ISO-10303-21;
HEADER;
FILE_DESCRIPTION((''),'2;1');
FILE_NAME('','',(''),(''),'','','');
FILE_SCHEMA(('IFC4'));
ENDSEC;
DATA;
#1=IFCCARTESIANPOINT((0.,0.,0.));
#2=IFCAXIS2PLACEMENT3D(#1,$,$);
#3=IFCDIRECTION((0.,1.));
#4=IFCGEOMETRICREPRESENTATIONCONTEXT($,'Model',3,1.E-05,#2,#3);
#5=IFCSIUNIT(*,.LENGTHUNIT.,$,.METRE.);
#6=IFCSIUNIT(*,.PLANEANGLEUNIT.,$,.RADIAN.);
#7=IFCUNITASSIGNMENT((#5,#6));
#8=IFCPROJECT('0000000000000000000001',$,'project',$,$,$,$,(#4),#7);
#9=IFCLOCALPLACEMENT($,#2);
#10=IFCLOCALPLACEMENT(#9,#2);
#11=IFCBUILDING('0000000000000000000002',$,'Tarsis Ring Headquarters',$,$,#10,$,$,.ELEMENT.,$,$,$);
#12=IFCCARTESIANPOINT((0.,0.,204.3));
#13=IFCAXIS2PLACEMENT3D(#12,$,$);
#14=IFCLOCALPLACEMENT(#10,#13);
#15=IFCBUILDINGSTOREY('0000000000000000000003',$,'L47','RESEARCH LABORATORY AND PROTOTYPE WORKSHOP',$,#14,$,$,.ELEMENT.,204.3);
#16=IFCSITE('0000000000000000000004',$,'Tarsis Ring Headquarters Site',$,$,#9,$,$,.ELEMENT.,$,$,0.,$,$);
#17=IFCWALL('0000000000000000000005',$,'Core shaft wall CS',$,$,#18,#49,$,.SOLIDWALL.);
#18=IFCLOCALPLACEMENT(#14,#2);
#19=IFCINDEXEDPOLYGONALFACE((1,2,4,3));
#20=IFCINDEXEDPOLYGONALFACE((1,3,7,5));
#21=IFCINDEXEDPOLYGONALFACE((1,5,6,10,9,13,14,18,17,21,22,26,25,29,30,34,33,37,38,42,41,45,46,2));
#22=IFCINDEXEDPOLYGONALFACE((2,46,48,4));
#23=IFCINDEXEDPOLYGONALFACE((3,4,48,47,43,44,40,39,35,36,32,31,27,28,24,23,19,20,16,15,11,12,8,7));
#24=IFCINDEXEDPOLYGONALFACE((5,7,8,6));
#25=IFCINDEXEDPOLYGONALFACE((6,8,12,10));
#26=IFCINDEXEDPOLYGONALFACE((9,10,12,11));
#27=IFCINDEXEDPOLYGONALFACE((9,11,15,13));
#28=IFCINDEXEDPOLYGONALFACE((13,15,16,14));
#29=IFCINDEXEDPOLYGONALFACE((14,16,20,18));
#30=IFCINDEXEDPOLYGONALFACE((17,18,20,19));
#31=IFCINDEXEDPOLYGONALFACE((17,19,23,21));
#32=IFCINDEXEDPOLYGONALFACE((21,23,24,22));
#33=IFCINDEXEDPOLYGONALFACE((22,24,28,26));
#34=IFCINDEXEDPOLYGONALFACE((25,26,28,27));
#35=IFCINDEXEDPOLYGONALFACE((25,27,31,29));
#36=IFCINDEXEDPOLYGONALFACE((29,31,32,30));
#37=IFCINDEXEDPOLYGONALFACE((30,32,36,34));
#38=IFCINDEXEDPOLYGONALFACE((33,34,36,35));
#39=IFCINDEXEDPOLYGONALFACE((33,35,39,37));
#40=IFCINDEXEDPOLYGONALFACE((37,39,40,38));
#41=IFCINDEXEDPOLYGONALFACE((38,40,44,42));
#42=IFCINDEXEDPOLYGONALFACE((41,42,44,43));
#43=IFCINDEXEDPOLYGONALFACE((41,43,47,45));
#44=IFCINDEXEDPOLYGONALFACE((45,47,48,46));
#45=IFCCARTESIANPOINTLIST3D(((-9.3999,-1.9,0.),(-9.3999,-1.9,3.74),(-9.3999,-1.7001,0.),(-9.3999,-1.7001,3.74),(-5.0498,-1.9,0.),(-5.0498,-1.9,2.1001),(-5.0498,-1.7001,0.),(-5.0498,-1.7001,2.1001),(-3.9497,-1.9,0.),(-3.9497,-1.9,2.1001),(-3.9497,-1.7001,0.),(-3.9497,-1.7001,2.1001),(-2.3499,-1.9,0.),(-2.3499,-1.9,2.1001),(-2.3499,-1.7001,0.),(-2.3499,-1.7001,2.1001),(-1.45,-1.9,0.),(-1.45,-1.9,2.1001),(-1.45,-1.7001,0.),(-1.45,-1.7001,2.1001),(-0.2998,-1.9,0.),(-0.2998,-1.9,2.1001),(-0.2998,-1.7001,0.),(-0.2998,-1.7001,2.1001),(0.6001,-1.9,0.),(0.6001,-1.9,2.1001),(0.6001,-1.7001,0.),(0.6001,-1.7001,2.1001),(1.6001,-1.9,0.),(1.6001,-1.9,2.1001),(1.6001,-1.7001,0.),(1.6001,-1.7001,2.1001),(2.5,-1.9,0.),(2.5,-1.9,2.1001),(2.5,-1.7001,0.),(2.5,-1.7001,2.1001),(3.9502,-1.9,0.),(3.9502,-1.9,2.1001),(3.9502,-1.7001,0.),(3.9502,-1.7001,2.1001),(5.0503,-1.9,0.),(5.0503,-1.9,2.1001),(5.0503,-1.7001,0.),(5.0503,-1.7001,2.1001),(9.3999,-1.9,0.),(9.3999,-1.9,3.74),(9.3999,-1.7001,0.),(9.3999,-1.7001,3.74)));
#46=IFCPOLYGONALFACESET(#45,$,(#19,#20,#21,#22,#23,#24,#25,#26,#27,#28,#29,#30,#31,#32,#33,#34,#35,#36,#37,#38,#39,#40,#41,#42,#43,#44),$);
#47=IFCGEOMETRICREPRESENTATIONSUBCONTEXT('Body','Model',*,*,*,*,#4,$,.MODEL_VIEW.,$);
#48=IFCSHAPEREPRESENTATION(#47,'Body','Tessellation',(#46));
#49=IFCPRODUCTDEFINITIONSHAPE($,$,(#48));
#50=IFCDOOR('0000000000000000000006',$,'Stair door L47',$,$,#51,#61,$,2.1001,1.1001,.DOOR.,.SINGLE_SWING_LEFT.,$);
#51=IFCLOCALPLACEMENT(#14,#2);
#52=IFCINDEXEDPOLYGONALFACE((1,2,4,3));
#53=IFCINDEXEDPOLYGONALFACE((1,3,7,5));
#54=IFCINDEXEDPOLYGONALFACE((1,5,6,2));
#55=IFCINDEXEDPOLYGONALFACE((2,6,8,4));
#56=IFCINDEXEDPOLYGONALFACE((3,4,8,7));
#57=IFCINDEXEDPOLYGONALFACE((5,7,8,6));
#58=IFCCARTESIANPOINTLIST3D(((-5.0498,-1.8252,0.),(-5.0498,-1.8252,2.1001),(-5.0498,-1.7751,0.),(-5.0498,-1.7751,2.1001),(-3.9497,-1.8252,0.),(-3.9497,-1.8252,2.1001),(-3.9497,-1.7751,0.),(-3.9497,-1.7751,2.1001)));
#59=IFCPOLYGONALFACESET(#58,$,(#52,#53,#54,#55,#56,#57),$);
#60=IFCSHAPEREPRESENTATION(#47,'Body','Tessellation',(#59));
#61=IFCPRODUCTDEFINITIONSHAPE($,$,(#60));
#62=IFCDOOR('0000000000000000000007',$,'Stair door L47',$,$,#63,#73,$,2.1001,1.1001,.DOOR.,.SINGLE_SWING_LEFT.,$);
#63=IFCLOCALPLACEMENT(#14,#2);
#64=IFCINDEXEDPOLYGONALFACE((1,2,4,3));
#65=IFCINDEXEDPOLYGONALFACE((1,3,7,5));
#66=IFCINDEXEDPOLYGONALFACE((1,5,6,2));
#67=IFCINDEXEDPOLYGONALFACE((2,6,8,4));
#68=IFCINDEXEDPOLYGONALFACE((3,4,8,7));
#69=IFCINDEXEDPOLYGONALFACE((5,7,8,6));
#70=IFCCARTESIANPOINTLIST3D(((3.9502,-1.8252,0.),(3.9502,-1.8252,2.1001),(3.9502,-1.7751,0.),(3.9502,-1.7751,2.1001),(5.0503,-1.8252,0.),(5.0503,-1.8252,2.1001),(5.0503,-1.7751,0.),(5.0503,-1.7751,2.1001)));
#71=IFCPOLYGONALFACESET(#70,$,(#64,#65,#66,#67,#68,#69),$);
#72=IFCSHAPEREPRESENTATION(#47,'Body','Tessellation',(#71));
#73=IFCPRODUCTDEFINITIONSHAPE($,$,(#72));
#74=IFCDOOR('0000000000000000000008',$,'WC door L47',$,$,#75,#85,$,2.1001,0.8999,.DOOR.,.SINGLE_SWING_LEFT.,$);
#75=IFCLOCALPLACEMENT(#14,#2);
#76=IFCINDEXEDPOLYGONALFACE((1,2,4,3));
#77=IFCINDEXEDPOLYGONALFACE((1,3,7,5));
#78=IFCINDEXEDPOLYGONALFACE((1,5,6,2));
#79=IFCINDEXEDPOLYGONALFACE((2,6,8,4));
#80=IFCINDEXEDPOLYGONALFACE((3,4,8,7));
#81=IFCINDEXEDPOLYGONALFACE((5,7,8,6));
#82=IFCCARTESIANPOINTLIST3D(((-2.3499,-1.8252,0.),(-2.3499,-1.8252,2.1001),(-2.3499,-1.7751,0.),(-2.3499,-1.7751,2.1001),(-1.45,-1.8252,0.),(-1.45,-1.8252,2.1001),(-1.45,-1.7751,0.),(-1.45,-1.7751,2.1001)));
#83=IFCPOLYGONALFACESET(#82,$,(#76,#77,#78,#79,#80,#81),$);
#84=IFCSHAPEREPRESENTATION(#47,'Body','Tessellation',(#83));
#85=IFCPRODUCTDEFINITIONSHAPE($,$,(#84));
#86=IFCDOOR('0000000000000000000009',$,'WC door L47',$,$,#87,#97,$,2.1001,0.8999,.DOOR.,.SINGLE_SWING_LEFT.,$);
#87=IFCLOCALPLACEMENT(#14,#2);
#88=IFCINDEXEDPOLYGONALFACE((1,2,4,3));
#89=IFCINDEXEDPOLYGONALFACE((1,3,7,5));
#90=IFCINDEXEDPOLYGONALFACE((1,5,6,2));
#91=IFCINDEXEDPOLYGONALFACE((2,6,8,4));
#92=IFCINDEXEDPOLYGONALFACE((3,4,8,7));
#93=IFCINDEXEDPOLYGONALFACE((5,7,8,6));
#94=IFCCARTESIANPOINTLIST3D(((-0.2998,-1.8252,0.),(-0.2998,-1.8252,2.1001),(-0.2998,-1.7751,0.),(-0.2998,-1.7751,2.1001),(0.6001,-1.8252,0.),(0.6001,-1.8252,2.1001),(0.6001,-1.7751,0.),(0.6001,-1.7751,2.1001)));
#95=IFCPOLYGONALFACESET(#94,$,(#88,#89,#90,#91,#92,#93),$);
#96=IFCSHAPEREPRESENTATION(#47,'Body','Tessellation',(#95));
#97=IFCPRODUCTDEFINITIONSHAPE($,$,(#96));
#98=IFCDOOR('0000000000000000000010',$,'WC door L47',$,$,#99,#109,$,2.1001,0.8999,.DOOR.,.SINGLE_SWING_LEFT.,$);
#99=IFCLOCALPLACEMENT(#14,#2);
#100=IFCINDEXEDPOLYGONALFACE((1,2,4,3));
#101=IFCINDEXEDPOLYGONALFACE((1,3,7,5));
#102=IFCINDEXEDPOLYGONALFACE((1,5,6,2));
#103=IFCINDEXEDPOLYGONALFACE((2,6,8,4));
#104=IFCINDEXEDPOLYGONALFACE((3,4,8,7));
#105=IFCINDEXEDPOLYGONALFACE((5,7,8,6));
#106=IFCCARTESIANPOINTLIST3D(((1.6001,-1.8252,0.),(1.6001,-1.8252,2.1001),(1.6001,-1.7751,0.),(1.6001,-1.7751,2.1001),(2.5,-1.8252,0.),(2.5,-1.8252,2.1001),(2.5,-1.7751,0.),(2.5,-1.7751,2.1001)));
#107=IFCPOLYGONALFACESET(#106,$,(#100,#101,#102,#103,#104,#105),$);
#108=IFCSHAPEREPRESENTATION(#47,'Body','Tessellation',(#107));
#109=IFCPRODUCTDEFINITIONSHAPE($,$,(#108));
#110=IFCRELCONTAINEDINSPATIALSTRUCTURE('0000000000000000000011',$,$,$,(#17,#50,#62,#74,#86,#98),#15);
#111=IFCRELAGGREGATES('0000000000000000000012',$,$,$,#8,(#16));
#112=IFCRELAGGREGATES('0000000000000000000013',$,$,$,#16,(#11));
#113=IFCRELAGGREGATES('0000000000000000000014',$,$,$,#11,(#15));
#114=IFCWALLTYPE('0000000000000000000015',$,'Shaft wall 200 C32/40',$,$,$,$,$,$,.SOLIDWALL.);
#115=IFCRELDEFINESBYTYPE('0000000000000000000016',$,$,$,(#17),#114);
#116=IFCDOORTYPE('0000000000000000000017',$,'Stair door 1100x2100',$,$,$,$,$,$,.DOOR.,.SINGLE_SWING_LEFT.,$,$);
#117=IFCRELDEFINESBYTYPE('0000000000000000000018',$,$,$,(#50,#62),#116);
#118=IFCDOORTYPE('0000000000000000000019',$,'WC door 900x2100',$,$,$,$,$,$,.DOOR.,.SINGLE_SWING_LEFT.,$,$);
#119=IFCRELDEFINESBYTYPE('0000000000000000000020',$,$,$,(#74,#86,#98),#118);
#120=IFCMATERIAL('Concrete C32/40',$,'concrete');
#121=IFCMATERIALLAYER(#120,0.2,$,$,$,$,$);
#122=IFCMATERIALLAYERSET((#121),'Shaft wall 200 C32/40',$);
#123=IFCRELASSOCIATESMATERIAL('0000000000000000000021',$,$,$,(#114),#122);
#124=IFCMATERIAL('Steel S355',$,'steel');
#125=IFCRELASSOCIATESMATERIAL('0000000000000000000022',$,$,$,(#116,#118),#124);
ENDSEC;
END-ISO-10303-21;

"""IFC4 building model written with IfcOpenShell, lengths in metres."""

from ifc_helpers import new_model, si_unit, direction, frame, frame_2d, origin, place, context, subcontext, project, spatial, rectangle, extrude, material, layer, layer_set, type_object, element, fill, save


model = new_model("IFC4")

# Units and contexts
model_context = context("Model", 3, precision=1e-05, world=origin(), true_north=direction((0.0, 1.0)))
body_context = subcontext(model_context, "Body", "Model", "MODEL_VIEW")
ifc_project = project(units=[si_unit("LENGTHUNIT", "METRE"), si_unit("PLANEANGLEUNIT", "RADIAN")], contexts=[model_context])

# Site, building, storey
site_placement = place(None, origin())
site = spatial("IfcSite", under=ifc_project, at=site_placement, Name="Tarsis Ring Headquarters Site", CompositionType="ELEMENT", RefElevation=0.0)
building_placement = place(site_placement, origin())
building = spatial("IfcBuilding", under=site, at=building_placement, Name="Tarsis Ring Headquarters", CompositionType="ELEMENT")
storey_placement = place(building_placement, frame((0.0, 0.0, 204.3)))
storey = spatial("IfcBuildingStorey", under=building, at=storey_placement, Name="L47", Description="RESEARCH LABORATORY AND PROTOTYPE WORKSHOP", CompositionType="ELEMENT", Elevation=204.3)

# Shared definitions
ifc_material_1 = material(Name="Steel S355", Category="steel")

# Wall, openings, doors
ifc_material_2 = material(Name="Concrete C32/40", Category="concrete")
ifc_layer_1 = layer(ifc_material_2, 0.2)
ifc_layer_set_1 = layer_set([ifc_layer_1], Name="Shaft wall 200 C32/40")
wall_type_1 = type_object("IfcWallType", Name="Shaft wall 200 C32/40", PredefinedType="SOLIDWALL", material=ifc_layer_set_1)
wall_1_placement = place(storey_placement, frame((-9.3999, -1.8, 0.0), z_axis=(0.0, 0.0, 1.0), x_axis=(1.0, 0.0, 0.0)))
wall_1 = element("IfcWall", 1, at=wall_1_placement, inside=storey, type_object=wall_type_1, Name="Core shaft wall CS", PredefinedType="SOLIDWALL", context=body_context, shape_type="SweptSolid", body=[
    extrude(rectangle(XDim=18.7998, YDim=0.2, at=frame_2d((9.3999, 0.0))), origin(), (0.0, 0.0, 1.0), 3.74),
])
opening_1_placement = place(wall_1_placement, frame((4.3501, 0.0, 0.0)))
opening_1 = element("IfcOpeningElement", 2, at=opening_1_placement, cuts=wall_1, PredefinedType="OPENING", context=body_context, shape_type="SweptSolid", body=[
    extrude(rectangle(XDim=1.1001, YDim=2.1001, at=frame_2d((0.55, 1.05))), frame((0.0, 0.1099, 0.0), z_axis=(0.0, -1.0, 0.0), x_axis=(1.0, 0.0, 0.0)), (0.0, 0.0, 1.0), 0.22),
])
opening_2_placement = place(wall_1_placement, frame((7.05, 0.0, 0.0)))
opening_2 = element("IfcOpeningElement", 3, at=opening_2_placement, cuts=wall_1, PredefinedType="OPENING", context=body_context, shape_type="SweptSolid", body=[
    extrude(rectangle(XDim=0.8999, YDim=2.1001, at=frame_2d((0.45, 1.05))), frame((0.0, 0.1099, 0.0), z_axis=(0.0, -1.0, 0.0), x_axis=(1.0, 0.0, 0.0)), (0.0, 0.0, 1.0), 0.22),
])
opening_3_placement = place(wall_1_placement, frame((9.1001, 0.0, 0.0)))
opening_3 = element("IfcOpeningElement", 4, at=opening_3_placement, cuts=wall_1, PredefinedType="OPENING", context=body_context, shape_type="SweptSolid", body=[
    extrude(rectangle(XDim=0.8999, YDim=2.1001, at=frame_2d((0.45, 1.05))), frame((0.0, 0.1099, 0.0), z_axis=(0.0, -1.0, 0.0), x_axis=(1.0, 0.0, 0.0)), (0.0, 0.0, 1.0), 0.22),
])
opening_4_placement = place(wall_1_placement, frame((11.0, 0.0, 0.0)))
opening_4 = element("IfcOpeningElement", 5, at=opening_4_placement, cuts=wall_1, PredefinedType="OPENING", context=body_context, shape_type="SweptSolid", body=[
    extrude(rectangle(XDim=0.8999, YDim=2.1001, at=frame_2d((0.45, 1.05))), frame((0.0, 0.1099, 0.0), z_axis=(0.0, -1.0, 0.0), x_axis=(1.0, 0.0, 0.0)), (0.0, 0.0, 1.0), 0.22),
])
opening_5_placement = place(wall_1_placement, frame((13.3501, 0.0, 0.0)))
opening_5 = element("IfcOpeningElement", 6, at=opening_5_placement, cuts=wall_1, PredefinedType="OPENING", context=body_context, shape_type="SweptSolid", body=[
    extrude(rectangle(XDim=1.1001, YDim=2.1001, at=frame_2d((0.55, 1.05))), frame((0.0, 0.1099, 0.0), z_axis=(0.0, -1.0, 0.0), x_axis=(1.0, 0.0, 0.0)), (0.0, 0.0, 1.0), 0.22),
])
door_type_1 = type_object("IfcDoorType", Name="Stair door 1100x2100", OperationType="SINGLE_SWING_LEFT", PredefinedType="DOOR", material=ifc_material_1)
door_1_placement = place(opening_1_placement, origin())
door_1 = element("IfcDoor", 7, at=door_1_placement, inside=storey, type_object=door_type_1, Name="Stair door L47", OperationType="SINGLE_SWING_LEFT", OverallHeight=2.1001, OverallWidth=1.1001, PredefinedType="DOOR", context=body_context, shape_type="SweptSolid", body=[
    extrude(rectangle(XDim=1.1001, YDim=2.1001, at=frame_2d((0.55, 1.05))), frame((0.0, 0.0249, 0.0), z_axis=(0.0, -1.0, 0.0), x_axis=(1.0, 0.0, 0.0)), (0.0, 0.0, 1.0), 0.05),
])
fill(opening_1, door_1)
door_2_placement = place(opening_5_placement, origin())
door_2 = element("IfcDoor", 8, at=door_2_placement, inside=storey, type_object=door_type_1, Name="Stair door L47", OperationType="SINGLE_SWING_LEFT", OverallHeight=2.1001, OverallWidth=1.1001, PredefinedType="DOOR", context=body_context, shape_type="SweptSolid", body=[
    extrude(rectangle(XDim=1.1001, YDim=2.1001, at=frame_2d((0.55, 1.05))), frame((0.0, 0.0249, 0.0), z_axis=(0.0, -1.0, 0.0), x_axis=(1.0, 0.0, 0.0)), (0.0, 0.0, 1.0), 0.05),
])
fill(opening_5, door_2)
door_type_2 = type_object("IfcDoorType", Name="WC door 900x2100", OperationType="SINGLE_SWING_LEFT", PredefinedType="DOOR", material=ifc_material_1)
door_3_placement = place(opening_2_placement, origin())
door_3 = element("IfcDoor", 9, at=door_3_placement, inside=storey, type_object=door_type_2, Name="WC door L47", OperationType="SINGLE_SWING_LEFT", OverallHeight=2.1001, OverallWidth=0.8999, PredefinedType="DOOR", context=body_context, shape_type="SweptSolid", body=[
    extrude(rectangle(XDim=0.8999, YDim=2.1001, at=frame_2d((0.45, 1.05))), frame((0.0, 0.0249, 0.0), z_axis=(0.0, -1.0, 0.0), x_axis=(1.0, 0.0, 0.0)), (0.0, 0.0, 1.0), 0.05),
])
fill(opening_2, door_3)
door_4_placement = place(opening_3_placement, origin())
door_4 = element("IfcDoor", 10, at=door_4_placement, inside=storey, type_object=door_type_2, Name="WC door L47", OperationType="SINGLE_SWING_LEFT", OverallHeight=2.1001, OverallWidth=0.8999, PredefinedType="DOOR", context=body_context, shape_type="SweptSolid", body=[
    extrude(rectangle(XDim=0.8999, YDim=2.1001, at=frame_2d((0.45, 1.05))), frame((0.0, 0.0249, 0.0), z_axis=(0.0, -1.0, 0.0), x_axis=(1.0, 0.0, 0.0)), (0.0, 0.0, 1.0), 0.05),
])
fill(opening_3, door_4)
door_5_placement = place(opening_4_placement, origin())
door_5 = element("IfcDoor", 11, at=door_5_placement, inside=storey, type_object=door_type_2, Name="WC door L47", OperationType="SINGLE_SWING_LEFT", OverallHeight=2.1001, OverallWidth=0.8999, PredefinedType="DOOR", context=body_context, shape_type="SweptSolid", body=[
    extrude(rectangle(XDim=0.8999, YDim=2.1001, at=frame_2d((0.45, 1.05))), frame((0.0, 0.0249, 0.0), z_axis=(0.0, -1.0, 0.0), x_axis=(1.0, 0.0, 0.0)), (0.0, 0.0, 1.0), 0.05),
])
fill(opening_4, door_5)

save(model, "model.ifc")
